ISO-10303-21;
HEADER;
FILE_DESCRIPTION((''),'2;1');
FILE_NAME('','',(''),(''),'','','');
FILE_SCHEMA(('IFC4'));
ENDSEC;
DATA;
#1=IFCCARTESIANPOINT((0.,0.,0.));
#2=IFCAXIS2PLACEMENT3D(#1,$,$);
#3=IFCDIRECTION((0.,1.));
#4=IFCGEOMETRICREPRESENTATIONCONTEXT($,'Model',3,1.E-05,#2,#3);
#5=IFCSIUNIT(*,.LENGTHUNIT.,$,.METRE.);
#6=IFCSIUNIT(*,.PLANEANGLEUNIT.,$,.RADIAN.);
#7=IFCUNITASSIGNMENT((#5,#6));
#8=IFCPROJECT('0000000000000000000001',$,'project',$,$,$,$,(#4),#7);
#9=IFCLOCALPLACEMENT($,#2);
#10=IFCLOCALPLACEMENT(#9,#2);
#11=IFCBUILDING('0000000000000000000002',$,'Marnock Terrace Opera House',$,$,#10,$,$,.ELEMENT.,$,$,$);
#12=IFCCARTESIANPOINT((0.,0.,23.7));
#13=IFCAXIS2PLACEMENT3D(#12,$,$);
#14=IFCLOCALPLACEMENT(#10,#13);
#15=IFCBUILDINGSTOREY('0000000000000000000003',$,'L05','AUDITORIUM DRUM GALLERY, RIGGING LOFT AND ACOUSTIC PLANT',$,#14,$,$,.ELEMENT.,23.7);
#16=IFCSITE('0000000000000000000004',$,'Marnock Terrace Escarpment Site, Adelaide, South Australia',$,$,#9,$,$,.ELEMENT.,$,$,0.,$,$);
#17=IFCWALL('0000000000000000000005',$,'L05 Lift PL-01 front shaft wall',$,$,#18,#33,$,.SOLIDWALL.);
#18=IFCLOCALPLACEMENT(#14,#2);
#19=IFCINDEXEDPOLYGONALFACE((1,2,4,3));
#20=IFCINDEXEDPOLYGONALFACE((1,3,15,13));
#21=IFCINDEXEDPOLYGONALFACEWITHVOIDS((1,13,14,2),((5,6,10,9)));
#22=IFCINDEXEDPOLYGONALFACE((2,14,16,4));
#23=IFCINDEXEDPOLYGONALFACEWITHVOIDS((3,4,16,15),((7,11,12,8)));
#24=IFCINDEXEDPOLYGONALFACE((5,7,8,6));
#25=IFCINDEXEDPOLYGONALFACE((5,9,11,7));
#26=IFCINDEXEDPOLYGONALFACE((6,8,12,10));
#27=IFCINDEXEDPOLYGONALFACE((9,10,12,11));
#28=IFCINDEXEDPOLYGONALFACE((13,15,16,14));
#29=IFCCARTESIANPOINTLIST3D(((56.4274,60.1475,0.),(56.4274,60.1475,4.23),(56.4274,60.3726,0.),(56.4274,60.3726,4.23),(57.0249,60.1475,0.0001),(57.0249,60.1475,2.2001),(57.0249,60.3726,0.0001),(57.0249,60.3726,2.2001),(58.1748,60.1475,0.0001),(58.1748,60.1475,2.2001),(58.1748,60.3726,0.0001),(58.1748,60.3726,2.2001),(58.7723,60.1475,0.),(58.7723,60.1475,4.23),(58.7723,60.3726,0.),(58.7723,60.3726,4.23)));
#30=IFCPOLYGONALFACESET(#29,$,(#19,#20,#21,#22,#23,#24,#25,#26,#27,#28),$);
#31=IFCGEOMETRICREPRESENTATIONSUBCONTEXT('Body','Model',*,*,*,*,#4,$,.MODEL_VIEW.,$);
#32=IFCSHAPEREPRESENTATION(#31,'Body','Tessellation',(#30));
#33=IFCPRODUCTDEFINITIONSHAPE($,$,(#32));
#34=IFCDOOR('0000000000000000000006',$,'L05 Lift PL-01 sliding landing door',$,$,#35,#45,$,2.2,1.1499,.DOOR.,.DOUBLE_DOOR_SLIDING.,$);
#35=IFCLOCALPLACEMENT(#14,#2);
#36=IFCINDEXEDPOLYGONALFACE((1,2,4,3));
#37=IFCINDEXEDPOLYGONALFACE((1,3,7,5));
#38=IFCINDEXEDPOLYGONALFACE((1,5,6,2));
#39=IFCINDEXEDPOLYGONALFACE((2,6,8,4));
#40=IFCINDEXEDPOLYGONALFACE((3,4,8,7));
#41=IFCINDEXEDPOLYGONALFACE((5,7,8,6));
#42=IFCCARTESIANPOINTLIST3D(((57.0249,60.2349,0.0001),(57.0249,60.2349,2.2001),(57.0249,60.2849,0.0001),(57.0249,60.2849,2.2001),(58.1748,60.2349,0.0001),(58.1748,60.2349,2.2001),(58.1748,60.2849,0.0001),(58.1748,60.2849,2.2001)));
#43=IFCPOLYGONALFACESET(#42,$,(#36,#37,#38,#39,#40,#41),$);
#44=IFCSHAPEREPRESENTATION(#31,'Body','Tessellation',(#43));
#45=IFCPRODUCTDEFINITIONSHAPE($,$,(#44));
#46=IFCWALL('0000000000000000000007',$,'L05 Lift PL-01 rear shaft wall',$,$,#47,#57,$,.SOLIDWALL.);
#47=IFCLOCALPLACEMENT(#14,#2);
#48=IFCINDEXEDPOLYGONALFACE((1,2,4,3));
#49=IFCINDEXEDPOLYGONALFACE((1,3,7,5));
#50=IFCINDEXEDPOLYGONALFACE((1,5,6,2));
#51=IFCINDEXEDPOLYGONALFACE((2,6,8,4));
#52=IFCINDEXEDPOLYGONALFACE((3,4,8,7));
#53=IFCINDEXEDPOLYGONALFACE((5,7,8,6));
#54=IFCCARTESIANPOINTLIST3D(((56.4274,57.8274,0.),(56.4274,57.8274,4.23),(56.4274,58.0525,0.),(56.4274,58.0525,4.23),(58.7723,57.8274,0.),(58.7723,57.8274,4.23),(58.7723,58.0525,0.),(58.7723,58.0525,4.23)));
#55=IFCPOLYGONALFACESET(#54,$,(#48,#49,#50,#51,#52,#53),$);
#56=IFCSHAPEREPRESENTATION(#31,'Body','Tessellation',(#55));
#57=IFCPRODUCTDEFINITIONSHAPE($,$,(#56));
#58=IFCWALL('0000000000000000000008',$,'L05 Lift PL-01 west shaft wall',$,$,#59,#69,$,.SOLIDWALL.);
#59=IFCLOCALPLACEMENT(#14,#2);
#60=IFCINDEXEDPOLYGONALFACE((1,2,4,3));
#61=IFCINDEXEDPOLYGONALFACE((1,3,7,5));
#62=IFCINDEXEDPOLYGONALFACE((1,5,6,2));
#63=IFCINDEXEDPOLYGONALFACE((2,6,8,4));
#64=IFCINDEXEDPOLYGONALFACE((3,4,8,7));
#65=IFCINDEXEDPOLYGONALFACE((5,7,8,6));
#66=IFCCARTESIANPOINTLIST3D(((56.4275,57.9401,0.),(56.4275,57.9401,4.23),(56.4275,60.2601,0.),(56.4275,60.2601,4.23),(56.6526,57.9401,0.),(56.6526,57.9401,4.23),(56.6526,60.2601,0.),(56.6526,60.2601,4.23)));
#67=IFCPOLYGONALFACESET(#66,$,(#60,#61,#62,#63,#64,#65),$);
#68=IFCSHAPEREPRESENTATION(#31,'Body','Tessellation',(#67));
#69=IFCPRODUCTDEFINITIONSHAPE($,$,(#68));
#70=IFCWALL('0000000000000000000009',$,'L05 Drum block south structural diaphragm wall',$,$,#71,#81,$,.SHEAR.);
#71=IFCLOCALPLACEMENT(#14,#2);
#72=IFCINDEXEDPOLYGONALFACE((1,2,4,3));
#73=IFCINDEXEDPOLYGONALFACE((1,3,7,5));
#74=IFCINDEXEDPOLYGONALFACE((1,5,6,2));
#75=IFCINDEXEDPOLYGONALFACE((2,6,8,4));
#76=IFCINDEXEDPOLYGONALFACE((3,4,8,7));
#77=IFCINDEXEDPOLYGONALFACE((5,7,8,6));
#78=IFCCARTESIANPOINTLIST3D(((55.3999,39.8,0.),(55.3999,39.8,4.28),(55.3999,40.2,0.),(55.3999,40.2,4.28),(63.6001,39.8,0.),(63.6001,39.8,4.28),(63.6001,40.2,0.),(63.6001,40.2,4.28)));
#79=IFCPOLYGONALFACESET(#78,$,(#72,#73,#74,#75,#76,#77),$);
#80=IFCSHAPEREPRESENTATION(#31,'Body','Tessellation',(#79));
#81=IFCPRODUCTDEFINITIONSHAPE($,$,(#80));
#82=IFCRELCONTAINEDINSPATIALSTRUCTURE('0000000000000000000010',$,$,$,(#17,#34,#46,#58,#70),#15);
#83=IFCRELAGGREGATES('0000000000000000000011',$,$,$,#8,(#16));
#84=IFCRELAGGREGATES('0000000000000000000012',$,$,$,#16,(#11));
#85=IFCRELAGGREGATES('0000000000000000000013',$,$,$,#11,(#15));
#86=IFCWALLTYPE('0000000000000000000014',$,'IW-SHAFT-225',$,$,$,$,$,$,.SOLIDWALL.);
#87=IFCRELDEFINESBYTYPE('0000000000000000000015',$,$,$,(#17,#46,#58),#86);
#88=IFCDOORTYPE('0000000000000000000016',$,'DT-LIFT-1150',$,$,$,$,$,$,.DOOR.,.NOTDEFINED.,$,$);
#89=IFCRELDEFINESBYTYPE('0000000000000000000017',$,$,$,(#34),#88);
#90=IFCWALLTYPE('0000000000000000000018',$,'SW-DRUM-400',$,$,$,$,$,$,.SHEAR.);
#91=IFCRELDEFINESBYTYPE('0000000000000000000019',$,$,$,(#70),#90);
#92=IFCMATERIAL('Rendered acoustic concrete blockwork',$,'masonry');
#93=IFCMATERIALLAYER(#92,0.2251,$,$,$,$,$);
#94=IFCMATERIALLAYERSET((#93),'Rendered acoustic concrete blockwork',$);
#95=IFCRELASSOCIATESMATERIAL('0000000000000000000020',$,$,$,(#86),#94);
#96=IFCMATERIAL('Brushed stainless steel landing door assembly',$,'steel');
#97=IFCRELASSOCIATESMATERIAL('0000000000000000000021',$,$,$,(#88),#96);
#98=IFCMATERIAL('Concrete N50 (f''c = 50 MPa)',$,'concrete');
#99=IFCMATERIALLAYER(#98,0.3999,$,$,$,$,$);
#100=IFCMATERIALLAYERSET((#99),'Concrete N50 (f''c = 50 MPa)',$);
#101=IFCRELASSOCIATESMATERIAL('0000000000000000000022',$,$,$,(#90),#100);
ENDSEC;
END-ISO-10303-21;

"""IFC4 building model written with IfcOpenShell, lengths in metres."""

from ifc_helpers import new_model, si_unit, direction, frame, frame_2d, origin, place, context, subcontext, project, spatial, rectangle, extrude, material, layer, layer_set, type_object, element, fill, save


model = new_model("IFC4")

# Units and contexts
model_context = context("Model", 3, precision=1e-05, world=origin(), true_north=direction((0.0, 1.0)))
body_context = subcontext(model_context, "Body", "Model", "MODEL_VIEW")
ifc_project = project(units=[si_unit("LENGTHUNIT", "METRE"), si_unit("PLANEANGLEUNIT", "RADIAN")], contexts=[model_context])

# Site, building, storey
site_placement = place(None, origin())
site = spatial("IfcSite", under=ifc_project, at=site_placement, Name="Marnock Terrace Escarpment Site, Adelaide, South Australia", CompositionType="ELEMENT", RefElevation=0.0)
building_placement = place(site_placement, origin())
building = spatial("IfcBuilding", under=site, at=building_placement, Name="Marnock Terrace Opera House", CompositionType="ELEMENT")
storey_placement = place(building_placement, frame((0.0, 0.0, 23.7)))
storey = spatial("IfcBuildingStorey", under=building, at=storey_placement, Name="L05", Description="AUDITORIUM DRUM GALLERY, RIGGING LOFT AND ACOUSTIC PLANT", CompositionType="ELEMENT", Elevation=23.7)

# Wall, opening, door
ifc_material_1 = material(Name="Rendered acoustic concrete blockwork", Category="masonry")
ifc_layer_1 = layer(ifc_material_1, 0.2251)
ifc_layer_set_1 = layer_set([ifc_layer_1], Name="Rendered acoustic concrete blockwork")
wall_type_1 = type_object("IfcWallType", Name="IW-SHAFT-225", PredefinedType="SOLIDWALL", material=ifc_layer_set_1)
wall_1_placement = place(storey_placement, frame((56.4275, 60.26, 0.0), z_axis=(0.0, 0.0, 1.0), x_axis=(1.0, 0.0, 0.0)))
wall_1 = element("IfcWall", 1, at=wall_1_placement, inside=storey, type_object=wall_type_1, Name="L05 Lift PL-01 front shaft wall", PredefinedType="SOLIDWALL", context=body_context, shape_type="SweptSolid", body=[
    extrude(rectangle(XDim=2.345, YDim=0.2251, at=frame_2d((1.1724, 0.0))), origin(), (0.0, 0.0, 1.0), 4.23),
])
opening_1_placement = place(wall_1_placement, frame((0.5974, 0.0, 0.0)))
opening_1 = element("IfcOpeningElement", 2, at=opening_1_placement, cuts=wall_1, PredefinedType="OPENING", context=body_context, shape_type="SweptSolid", body=[
    extrude(rectangle(XDim=1.1499, YDim=2.2, at=frame_2d((0.575, 1.1001))), frame((0.0, 0.1226, 0.0), z_axis=(0.0, -1.0, 0.0), x_axis=(1.0, 0.0, 0.0)), (0.0, 0.0, 1.0), 0.2451),
])
ifc_material_2 = material(Name="Brushed stainless steel landing door assembly", Category="steel")
door_type_1 = type_object("IfcDoorType", Name="DT-LIFT-1150", OperationType="NOTDEFINED", PredefinedType="DOOR", material=ifc_material_2)
door_1_placement = place(opening_1_placement, origin())
door_1 = element("IfcDoor", 3, at=door_1_placement, inside=storey, type_object=door_type_1, Name="L05 Lift PL-01 sliding landing door", OperationType="DOUBLE_DOOR_SLIDING", OverallHeight=2.2, OverallWidth=1.1499, PredefinedType="DOOR", context=body_context, shape_type="SweptSolid", body=[
    extrude(rectangle(XDim=1.1499, YDim=2.2, at=frame_2d((0.575, 1.1001))), frame((0.0, 0.0249, 0.0), z_axis=(0.0, -1.0, 0.0), x_axis=(1.0, 0.0, 0.0)), (0.0, 0.0, 1.0), 0.05),
])
fill(opening_1, door_1)

# Walls
wall_2_placement = place(storey_placement, frame((56.4275, 57.9399, 0.0), z_axis=(0.0, 0.0, 1.0), x_axis=(1.0, 0.0, 0.0)))
element("IfcWall", 4, at=wall_2_placement, inside=storey, type_object=wall_type_1, Name="L05 Lift PL-01 rear shaft wall", PredefinedType="SOLIDWALL", context=body_context, shape_type="SweptSolid", body=[
    extrude(rectangle(XDim=2.345, YDim=0.2251, at=frame_2d((1.1724, 0.0))), origin(), (0.0, 0.0, 1.0), 4.23),
])
wall_3_placement = place(storey_placement, frame((56.54, 57.9399, 0.0), z_axis=(0.0, 0.0, 1.0), x_axis=(0.0, 1.0, 0.0)))
element("IfcWall", 5, at=wall_3_placement, inside=storey, type_object=wall_type_1, Name="L05 Lift PL-01 west shaft wall", PredefinedType="SOLIDWALL", context=body_context, shape_type="SweptSolid", body=[
    extrude(rectangle(XDim=2.3201, YDim=0.2251, at=frame_2d((1.1602, 0.0))), origin(), (0.0, 0.0, 1.0), 4.23),
])
ifc_material_3 = material(Name="Concrete N50 (f'c = 50 MPa)", Category="concrete")
ifc_layer_2 = layer(ifc_material_3, 0.3999)
ifc_layer_set_2 = layer_set([ifc_layer_2], Name="Concrete N50 (f'c = 50 MPa)")
wall_type_2 = type_object("IfcWallType", Name="SW-DRUM-400", PredefinedType="SHEAR", material=ifc_layer_set_2)
wall_4_placement = place(storey_placement, frame((55.3999, 40.0, 0.0), z_axis=(0.0, 0.0, 1.0), x_axis=(1.0, 0.0, 0.0)))
element("IfcWall", 6, at=wall_4_placement, inside=storey, type_object=wall_type_2, Name="L05 Drum block south structural diaphragm wall", PredefinedType="SHEAR", context=body_context, shape_type="SweptSolid", body=[
    extrude(rectangle(XDim=8.2002, YDim=0.3999, at=frame_2d((4.1001, 0.0))), origin(), (0.0, 0.0, 1.0), 4.28),
])

save(model, "model.ifc")
